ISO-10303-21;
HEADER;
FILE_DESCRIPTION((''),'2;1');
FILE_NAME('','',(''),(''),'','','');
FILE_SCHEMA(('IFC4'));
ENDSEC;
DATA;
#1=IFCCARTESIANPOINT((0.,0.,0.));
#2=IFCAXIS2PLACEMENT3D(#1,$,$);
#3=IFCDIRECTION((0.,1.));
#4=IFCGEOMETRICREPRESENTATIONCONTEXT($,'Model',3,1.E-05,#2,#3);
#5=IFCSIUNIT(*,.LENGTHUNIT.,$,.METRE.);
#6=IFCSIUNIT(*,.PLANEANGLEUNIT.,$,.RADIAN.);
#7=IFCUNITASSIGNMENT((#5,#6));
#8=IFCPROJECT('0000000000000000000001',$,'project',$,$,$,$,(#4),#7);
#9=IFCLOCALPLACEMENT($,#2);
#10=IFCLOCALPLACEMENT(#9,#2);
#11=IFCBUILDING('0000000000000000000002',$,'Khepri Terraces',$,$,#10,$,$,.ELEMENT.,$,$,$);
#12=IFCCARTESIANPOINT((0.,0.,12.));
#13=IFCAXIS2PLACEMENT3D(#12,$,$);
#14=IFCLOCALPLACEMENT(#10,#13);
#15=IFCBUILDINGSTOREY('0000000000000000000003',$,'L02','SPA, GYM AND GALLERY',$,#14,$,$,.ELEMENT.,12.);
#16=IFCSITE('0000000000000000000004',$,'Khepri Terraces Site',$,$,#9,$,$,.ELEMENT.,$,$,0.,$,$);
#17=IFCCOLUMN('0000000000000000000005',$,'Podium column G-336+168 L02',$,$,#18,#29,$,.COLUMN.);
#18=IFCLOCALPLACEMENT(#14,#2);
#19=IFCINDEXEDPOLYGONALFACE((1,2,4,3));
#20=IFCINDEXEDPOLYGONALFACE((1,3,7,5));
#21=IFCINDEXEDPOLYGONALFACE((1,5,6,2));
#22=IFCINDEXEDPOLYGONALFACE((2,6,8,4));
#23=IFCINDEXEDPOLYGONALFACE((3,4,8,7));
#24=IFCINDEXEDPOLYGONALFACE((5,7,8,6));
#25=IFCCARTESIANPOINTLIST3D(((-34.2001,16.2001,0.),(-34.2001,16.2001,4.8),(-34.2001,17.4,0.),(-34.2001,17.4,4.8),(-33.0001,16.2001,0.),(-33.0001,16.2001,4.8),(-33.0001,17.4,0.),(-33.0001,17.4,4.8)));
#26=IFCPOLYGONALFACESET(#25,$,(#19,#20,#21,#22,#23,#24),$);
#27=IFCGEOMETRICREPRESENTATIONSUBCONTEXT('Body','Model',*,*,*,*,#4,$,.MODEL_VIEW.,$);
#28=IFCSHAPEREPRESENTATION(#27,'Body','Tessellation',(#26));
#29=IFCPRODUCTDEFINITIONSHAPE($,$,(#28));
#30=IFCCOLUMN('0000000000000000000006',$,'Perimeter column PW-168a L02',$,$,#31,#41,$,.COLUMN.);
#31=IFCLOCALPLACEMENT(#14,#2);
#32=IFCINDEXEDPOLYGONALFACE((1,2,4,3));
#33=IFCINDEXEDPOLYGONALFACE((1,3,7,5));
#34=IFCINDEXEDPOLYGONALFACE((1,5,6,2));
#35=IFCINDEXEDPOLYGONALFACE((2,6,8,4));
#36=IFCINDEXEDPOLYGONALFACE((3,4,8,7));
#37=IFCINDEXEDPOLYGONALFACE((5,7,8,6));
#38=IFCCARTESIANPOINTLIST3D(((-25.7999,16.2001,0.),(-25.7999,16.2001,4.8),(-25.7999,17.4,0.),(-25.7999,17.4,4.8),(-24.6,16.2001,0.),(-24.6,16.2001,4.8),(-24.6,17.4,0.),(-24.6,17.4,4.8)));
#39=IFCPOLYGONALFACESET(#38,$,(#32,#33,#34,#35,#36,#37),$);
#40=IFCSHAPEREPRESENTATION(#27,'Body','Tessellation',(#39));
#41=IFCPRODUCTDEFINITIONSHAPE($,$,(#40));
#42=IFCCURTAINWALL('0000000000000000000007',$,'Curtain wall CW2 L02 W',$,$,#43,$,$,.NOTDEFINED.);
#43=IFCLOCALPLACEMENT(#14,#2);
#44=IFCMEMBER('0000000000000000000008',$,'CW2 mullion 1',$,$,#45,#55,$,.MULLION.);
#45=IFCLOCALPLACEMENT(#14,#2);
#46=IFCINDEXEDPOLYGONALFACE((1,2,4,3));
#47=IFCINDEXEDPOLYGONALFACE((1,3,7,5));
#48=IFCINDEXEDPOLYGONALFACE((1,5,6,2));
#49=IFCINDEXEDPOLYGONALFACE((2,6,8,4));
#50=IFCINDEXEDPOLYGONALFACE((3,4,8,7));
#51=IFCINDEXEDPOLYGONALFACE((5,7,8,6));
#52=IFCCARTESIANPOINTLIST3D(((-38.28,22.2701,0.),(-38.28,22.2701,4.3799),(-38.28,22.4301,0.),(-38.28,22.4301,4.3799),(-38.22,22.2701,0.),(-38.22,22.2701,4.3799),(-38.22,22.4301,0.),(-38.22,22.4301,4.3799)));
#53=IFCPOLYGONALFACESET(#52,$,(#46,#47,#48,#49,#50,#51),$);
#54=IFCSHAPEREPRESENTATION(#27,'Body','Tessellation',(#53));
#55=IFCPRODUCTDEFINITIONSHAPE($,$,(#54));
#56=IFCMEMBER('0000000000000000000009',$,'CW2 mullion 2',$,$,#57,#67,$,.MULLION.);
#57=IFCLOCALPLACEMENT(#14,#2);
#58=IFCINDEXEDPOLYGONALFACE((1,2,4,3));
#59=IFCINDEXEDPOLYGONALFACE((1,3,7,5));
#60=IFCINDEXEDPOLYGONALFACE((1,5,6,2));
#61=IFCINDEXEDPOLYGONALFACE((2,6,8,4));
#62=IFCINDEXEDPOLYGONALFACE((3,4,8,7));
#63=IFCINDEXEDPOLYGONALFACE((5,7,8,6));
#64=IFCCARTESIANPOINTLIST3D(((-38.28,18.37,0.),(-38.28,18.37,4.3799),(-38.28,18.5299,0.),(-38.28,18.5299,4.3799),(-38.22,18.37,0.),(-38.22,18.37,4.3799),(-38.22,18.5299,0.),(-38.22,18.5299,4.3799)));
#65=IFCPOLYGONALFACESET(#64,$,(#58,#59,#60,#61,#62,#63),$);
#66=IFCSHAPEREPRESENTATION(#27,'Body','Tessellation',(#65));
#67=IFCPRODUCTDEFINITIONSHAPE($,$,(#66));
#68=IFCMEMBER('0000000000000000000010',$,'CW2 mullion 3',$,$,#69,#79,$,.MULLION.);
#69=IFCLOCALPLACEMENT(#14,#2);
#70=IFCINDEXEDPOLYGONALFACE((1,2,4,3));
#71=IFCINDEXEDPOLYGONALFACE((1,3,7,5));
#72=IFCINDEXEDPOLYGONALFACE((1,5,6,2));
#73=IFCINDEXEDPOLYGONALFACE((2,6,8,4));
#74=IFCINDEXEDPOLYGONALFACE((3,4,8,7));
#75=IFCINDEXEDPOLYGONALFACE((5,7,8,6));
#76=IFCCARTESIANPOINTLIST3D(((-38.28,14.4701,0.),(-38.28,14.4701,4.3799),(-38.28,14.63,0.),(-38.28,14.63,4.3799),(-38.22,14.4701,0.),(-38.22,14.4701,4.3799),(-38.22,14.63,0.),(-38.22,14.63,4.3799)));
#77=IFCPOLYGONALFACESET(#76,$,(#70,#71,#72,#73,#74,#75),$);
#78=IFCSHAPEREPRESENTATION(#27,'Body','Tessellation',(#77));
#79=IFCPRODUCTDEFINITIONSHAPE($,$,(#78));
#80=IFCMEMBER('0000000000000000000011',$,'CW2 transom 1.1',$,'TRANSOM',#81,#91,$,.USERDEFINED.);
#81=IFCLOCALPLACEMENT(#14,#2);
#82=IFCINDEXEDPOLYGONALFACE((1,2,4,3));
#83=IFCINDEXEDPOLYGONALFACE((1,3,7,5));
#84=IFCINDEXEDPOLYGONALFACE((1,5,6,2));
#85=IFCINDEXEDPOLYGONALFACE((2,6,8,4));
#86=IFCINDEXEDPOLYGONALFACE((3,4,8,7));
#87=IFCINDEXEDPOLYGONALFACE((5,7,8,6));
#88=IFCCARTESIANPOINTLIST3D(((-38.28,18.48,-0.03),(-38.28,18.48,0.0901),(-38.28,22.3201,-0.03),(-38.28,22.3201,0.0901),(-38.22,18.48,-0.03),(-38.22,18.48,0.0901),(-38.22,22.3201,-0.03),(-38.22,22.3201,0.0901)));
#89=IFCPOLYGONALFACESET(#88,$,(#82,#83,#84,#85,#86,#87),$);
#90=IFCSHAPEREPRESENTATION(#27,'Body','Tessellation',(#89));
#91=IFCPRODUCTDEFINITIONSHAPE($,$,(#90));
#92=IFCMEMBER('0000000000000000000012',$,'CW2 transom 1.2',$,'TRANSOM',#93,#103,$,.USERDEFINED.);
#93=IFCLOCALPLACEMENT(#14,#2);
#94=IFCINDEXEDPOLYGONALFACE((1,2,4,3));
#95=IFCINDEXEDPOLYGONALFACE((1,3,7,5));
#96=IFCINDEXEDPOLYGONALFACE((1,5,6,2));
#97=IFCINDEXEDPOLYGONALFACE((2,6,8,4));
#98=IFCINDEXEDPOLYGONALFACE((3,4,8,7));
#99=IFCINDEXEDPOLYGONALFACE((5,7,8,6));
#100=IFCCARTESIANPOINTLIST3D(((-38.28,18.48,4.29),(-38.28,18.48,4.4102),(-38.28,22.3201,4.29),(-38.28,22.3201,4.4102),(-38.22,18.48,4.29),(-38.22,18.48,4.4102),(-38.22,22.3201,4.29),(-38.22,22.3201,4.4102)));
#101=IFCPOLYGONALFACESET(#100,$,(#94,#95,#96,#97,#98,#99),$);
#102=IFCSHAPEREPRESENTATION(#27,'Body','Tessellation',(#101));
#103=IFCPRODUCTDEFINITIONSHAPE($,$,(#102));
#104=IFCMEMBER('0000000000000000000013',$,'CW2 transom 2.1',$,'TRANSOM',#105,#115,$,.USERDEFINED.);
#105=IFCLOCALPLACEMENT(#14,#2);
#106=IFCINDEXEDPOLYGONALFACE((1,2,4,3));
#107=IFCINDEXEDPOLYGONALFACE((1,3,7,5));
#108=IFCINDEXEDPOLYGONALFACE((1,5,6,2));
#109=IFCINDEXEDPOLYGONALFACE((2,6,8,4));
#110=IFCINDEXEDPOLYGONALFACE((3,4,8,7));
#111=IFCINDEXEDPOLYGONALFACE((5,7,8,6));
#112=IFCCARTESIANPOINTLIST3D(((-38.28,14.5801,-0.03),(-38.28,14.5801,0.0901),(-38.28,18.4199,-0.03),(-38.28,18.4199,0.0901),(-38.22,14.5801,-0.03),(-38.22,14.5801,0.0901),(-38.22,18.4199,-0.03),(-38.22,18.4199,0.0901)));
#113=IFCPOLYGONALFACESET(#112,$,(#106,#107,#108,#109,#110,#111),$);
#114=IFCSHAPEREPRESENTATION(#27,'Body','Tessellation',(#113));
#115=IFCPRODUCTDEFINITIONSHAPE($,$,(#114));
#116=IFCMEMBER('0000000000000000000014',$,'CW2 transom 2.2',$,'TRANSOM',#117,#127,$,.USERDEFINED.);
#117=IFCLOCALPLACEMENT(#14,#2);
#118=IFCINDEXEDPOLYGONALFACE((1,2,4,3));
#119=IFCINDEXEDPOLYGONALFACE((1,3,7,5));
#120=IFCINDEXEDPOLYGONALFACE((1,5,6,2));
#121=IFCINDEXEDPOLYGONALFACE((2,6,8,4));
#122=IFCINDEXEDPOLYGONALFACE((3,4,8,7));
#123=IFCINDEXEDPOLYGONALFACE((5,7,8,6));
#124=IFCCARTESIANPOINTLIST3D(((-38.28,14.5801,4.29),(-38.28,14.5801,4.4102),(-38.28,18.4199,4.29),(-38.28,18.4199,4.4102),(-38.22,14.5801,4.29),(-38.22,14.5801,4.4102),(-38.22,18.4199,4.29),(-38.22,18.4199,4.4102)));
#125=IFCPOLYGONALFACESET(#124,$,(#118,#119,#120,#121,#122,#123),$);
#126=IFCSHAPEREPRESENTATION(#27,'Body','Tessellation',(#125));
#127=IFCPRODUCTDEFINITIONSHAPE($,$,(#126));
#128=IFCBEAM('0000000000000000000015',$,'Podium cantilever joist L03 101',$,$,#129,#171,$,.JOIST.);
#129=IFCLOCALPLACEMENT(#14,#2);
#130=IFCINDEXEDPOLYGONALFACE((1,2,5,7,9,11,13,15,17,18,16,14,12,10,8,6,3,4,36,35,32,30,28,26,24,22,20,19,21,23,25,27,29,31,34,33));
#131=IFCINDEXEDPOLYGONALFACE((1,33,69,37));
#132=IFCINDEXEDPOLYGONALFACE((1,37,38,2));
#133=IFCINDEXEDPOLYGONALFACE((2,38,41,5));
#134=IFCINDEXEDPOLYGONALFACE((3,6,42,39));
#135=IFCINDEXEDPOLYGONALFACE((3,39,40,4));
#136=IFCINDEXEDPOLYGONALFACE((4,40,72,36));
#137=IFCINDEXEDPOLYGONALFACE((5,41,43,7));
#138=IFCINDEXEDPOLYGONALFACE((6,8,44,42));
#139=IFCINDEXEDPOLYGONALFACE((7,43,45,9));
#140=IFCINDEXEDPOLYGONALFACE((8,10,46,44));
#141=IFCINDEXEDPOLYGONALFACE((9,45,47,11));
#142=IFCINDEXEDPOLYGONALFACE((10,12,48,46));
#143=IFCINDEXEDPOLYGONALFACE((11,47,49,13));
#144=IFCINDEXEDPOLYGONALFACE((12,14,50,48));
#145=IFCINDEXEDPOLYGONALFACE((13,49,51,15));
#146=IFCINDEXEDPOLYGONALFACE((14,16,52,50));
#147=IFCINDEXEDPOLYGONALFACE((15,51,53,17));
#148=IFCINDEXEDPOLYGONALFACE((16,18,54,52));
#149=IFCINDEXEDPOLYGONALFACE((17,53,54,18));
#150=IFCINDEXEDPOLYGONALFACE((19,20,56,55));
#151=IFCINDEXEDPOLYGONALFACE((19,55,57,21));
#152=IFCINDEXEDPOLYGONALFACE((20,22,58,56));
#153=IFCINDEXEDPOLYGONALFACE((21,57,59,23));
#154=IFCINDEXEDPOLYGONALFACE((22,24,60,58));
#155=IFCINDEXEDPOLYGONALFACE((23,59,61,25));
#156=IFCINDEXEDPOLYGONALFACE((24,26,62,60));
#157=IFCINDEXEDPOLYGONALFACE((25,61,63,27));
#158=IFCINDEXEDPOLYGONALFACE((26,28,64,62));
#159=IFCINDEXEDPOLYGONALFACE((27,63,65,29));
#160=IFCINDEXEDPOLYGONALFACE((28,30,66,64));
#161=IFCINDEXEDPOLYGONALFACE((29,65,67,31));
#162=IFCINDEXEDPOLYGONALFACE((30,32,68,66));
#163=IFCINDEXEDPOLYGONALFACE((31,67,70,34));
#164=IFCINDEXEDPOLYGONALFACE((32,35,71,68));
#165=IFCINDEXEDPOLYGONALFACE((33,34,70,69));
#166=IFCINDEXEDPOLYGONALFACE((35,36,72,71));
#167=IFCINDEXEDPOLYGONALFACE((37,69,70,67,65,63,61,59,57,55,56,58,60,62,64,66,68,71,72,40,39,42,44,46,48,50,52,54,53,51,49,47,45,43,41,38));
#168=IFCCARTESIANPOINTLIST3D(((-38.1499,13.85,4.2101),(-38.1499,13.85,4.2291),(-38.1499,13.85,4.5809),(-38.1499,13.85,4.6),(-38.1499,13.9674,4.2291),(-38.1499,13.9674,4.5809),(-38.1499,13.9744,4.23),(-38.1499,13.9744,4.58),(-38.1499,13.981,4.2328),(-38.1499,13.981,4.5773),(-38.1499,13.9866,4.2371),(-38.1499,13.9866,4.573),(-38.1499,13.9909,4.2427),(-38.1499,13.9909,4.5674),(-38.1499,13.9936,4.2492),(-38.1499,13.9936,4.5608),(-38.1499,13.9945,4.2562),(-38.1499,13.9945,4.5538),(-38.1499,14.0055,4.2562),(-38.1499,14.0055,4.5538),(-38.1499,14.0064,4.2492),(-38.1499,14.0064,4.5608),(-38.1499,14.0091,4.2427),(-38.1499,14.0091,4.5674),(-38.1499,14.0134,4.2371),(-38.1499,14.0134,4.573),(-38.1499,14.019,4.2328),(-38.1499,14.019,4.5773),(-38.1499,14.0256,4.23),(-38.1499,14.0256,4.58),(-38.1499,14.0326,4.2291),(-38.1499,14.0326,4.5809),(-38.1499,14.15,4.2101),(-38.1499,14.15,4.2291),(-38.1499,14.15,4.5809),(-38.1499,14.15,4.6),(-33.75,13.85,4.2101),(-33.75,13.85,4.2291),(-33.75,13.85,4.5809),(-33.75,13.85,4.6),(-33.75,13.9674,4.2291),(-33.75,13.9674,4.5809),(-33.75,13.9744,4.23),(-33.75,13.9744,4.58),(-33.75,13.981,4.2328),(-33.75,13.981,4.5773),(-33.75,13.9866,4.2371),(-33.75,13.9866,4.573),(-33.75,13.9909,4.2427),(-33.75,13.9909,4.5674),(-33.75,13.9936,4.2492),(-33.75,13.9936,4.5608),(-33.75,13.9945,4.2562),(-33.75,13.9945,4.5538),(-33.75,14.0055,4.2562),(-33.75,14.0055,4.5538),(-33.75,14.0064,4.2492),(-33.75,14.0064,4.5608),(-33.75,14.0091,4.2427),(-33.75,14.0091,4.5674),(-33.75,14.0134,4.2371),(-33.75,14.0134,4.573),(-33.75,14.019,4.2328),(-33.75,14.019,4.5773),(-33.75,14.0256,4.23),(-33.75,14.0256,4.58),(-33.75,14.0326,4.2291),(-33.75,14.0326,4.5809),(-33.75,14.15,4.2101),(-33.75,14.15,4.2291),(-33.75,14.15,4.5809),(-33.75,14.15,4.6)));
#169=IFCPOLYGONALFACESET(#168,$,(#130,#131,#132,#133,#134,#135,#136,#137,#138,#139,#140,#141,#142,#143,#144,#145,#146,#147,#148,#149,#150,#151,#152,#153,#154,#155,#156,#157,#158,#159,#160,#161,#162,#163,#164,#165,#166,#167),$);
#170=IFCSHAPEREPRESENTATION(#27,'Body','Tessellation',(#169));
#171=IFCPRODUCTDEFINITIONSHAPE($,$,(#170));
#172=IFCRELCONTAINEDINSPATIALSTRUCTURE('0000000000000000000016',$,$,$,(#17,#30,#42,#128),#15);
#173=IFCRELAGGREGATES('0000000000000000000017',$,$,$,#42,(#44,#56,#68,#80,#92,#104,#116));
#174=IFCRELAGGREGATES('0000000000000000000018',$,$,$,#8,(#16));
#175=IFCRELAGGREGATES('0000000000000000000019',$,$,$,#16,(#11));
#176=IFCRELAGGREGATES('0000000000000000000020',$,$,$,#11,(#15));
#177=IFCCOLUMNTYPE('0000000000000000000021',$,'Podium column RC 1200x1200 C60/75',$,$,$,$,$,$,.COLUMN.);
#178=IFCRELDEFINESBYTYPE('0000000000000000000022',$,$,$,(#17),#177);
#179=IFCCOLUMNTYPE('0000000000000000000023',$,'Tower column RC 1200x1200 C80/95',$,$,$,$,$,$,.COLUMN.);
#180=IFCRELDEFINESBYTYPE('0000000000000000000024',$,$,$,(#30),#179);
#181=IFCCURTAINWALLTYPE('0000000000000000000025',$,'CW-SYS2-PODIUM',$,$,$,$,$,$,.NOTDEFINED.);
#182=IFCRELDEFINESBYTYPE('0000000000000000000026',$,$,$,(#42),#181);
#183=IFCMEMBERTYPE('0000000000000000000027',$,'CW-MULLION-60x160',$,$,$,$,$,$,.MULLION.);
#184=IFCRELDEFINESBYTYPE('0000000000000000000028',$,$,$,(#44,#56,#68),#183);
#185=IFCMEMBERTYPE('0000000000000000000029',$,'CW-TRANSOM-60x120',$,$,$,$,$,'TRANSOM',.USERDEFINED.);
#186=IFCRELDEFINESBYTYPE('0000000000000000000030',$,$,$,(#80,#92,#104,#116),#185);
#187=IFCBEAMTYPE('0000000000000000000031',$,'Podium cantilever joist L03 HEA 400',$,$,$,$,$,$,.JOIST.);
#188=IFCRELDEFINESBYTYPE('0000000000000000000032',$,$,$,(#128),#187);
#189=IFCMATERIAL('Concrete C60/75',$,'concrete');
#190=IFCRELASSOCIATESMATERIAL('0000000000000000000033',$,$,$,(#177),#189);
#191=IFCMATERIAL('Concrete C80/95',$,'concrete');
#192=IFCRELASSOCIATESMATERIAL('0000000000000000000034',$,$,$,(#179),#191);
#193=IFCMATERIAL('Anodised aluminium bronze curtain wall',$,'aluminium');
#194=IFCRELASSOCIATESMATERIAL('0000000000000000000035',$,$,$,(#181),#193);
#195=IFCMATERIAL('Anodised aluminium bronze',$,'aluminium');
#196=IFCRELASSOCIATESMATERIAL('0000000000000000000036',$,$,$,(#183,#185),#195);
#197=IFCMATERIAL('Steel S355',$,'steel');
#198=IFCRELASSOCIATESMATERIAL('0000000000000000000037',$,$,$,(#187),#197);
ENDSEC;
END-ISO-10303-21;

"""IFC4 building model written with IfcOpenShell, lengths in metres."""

from ifc_helpers import new_model, si_unit, direction, frame, origin, origin_2d, place, context, subcontext, project, spatial, rectangle, i_section, extrude, material, material_profile, profile_set, type_object, element, aggregate, save


model = new_model("IFC4")

# Units and contexts
model_context = context("Model", 3, precision=1e-05, world=origin(), true_north=direction((0.0, 1.0)))
body_context = subcontext(model_context, "Body", "Model", "MODEL_VIEW")
ifc_project = project(units=[si_unit("LENGTHUNIT", "METRE"), si_unit("PLANEANGLEUNIT", "RADIAN")], contexts=[model_context])

# Site, building, storey
site_placement = place(None, origin())
site = spatial("IfcSite", under=ifc_project, at=site_placement, Name="Khepri Terraces Site", CompositionType="ELEMENT", RefElevation=0.0)
building_placement = place(site_placement, origin())
building = spatial("IfcBuilding", under=site, at=building_placement, Name="Khepri Terraces", CompositionType="ELEMENT")
storey_placement = place(building_placement, frame((0.0, 0.0, 12.0)))
storey = spatial("IfcBuildingStorey", under=building, at=storey_placement, Name="L02", Description="SPA, GYM AND GALLERY", CompositionType="ELEMENT", Elevation=12.0)

# Columns
ifc_material_1 = material(Name="Concrete C60/75", Category="concrete")
ifc_material_profile_1 = material_profile(ifc_material_1, rectangle(XDim=1.2, YDim=1.2, at=origin_2d()), Name="Concrete C60/75", Category="concrete")
ifc_profile_set_1 = profile_set([ifc_material_profile_1], Name="Concrete C60/75")
column_type_1 = type_object("IfcColumnType", Name="Podium column RC 1200x1200 C60/75", PredefinedType="COLUMN", material=ifc_profile_set_1)
column_1_placement = place(storey_placement, frame((-33.6001, 16.8, 0.0), z_axis=(0.0, 0.0, 1.0), x_axis=(1.0, 0.0, 0.0)))
element("IfcColumn", 1, at=column_1_placement, inside=storey, type_object=column_type_1, Name="Podium column G-336+168 L02", PredefinedType="COLUMN", context=body_context, shape_type="SweptSolid", body=[
    extrude(rectangle(XDim=1.2, YDim=1.2, at=origin_2d()), origin(), (0.0, 0.0, 1.0), 4.8),
])
ifc_material_2 = material(Name="Concrete C80/95", Category="concrete")
ifc_material_profile_2 = material_profile(ifc_material_2, rectangle(XDim=1.2, YDim=1.2, at=origin_2d()), Name="Concrete C80/95", Category="concrete")
ifc_profile_set_2 = profile_set([ifc_material_profile_2], Name="Concrete C80/95")
column_type_2 = type_object("IfcColumnType", Name="Tower column RC 1200x1200 C80/95", PredefinedType="COLUMN", material=ifc_profile_set_2)
column_2_placement = place(storey_placement, frame((-25.2, 16.8, 0.0), z_axis=(0.0, 0.0, 1.0), x_axis=(1.0, 0.0, 0.0)))
element("IfcColumn", 2, at=column_2_placement, inside=storey, type_object=column_type_2, Name="Perimeter column PW-168a L02", PredefinedType="COLUMN", context=body_context, shape_type="SweptSolid", body=[
    extrude(rectangle(XDim=1.2, YDim=1.2, at=origin_2d()), origin(), (0.0, 0.0, 1.0), 4.8),
])

# Curtain wall, members
ifc_material_3 = material(Name="Anodised aluminium bronze curtain wall", Category="aluminium")
curtain_wall_type = type_object("IfcCurtainWallType", Name="CW-SYS2-PODIUM", PredefinedType="NOTDEFINED", material=ifc_material_3)
curtain_wall_placement = place(storey_placement, origin())
curtain_wall = element("IfcCurtainWall", 3, at=curtain_wall_placement, inside=storey, type_object=curtain_wall_type, Name="Curtain wall CW2 L02 W", PredefinedType="NOTDEFINED")
ifc_material_4 = material(Name="Anodised aluminium bronze", Category="aluminium")
ifc_material_profile_3 = material_profile(ifc_material_4, rectangle(XDim=0.0601, YDim=0.1599, at=origin_2d()), Name="Anodised aluminium bronze", Category="aluminium")
ifc_profile_set_3 = profile_set([ifc_material_profile_3], Name="Anodised aluminium bronze")
member_type_1 = type_object("IfcMemberType", Name="CW-MULLION-60x160", PredefinedType="MULLION", material=ifc_profile_set_3)
member_1_placement = place(storey_placement, frame((-38.25, 22.3501, 0.0), z_axis=(0.0, 0.0, 1.0), x_axis=(1.0, 0.0, 0.0)))
member_1 = element("IfcMember", 4, at=member_1_placement, type_object=member_type_1, Name="CW2 mullion 1", PredefinedType="MULLION", context=body_context, shape_type="SweptSolid", body=[
    extrude(rectangle(XDim=0.0601, YDim=0.1599, at=origin_2d()), origin(), (0.0, 0.0, 1.0), 4.3799),
])
member_2_placement = place(storey_placement, frame((-38.25, 18.45, 0.0), z_axis=(0.0, 0.0, 1.0), x_axis=(1.0, 0.0, 0.0)))
member_2 = element("IfcMember", 5, at=member_2_placement, type_object=member_type_1, Name="CW2 mullion 2", PredefinedType="MULLION", context=body_context, shape_type="SweptSolid", body=[
    extrude(rectangle(XDim=0.0601, YDim=0.1599, at=origin_2d()), origin(), (0.0, 0.0, 1.0), 4.3799),
])
member_3_placement = place(storey_placement, frame((-38.25, 14.55, 0.0), z_axis=(0.0, 0.0, 1.0), x_axis=(1.0, 0.0, 0.0)))
member_3 = element("IfcMember", 6, at=member_3_placement, type_object=member_type_1, Name="CW2 mullion 3", PredefinedType="MULLION", context=body_context, shape_type="SweptSolid", body=[
    extrude(rectangle(XDim=0.0601, YDim=0.1599, at=origin_2d()), origin(), (0.0, 0.0, 1.0), 4.3799),
])
ifc_material_profile_4 = material_profile(ifc_material_4, rectangle(XDim=0.0601, YDim=0.1201, at=origin_2d()), Name="Anodised aluminium bronze", Category="aluminium")
ifc_profile_set_4 = profile_set([ifc_material_profile_4], Name="Anodised aluminium bronze")
member_type_2 = type_object("IfcMemberType", Name="CW-TRANSOM-60x120", ElementType="TRANSOM", PredefinedType="USERDEFINED", material=ifc_profile_set_4)
member_4_placement = place(storey_placement, frame((-38.25, 22.3201, 0.03), z_axis=(0.0, -1.0, 0.0), x_axis=(1.0, 0.0, 0.0)))
member_4 = element("IfcMember", 7, at=member_4_placement, type_object=member_type_2, Name="CW2 transom 1.1", ObjectType="TRANSOM", PredefinedType="USERDEFINED", context=body_context, shape_type="SweptSolid", body=[
    extrude(rectangle(XDim=0.0601, YDim=0.1201, at=origin_2d()), origin(), (0.0, 0.0, 1.0), 3.8401),
])
member_5_placement = place(storey_placement, frame((-38.25, 22.3201, 4.3501), z_axis=(0.0, -1.0, 0.0), x_axis=(1.0, 0.0, 0.0)))
member_5 = element("IfcMember", 8, at=member_5_placement, type_object=member_type_2, Name="CW2 transom 1.2", ObjectType="TRANSOM", PredefinedType="USERDEFINED", context=body_context, shape_type="SweptSolid", body=[
    extrude(rectangle(XDim=0.0601, YDim=0.1201, at=origin_2d()), origin(), (0.0, 0.0, 1.0), 3.8401),
])
member_6_placement = place(storey_placement, frame((-38.25, 18.4199, 0.03), z_axis=(0.0, -1.0, 0.0), x_axis=(1.0, 0.0, 0.0)))
member_6 = element("IfcMember", 9, at=member_6_placement, type_object=member_type_2, Name="CW2 transom 2.1", ObjectType="TRANSOM", PredefinedType="USERDEFINED", context=body_context, shape_type="SweptSolid", body=[
    extrude(rectangle(XDim=0.0601, YDim=0.1201, at=origin_2d()), origin(), (0.0, 0.0, 1.0), 3.8398),
])
member_7_placement = place(storey_placement, frame((-38.25, 18.4199, 4.3501), z_axis=(0.0, -1.0, 0.0), x_axis=(1.0, 0.0, 0.0)))
member_7 = element("IfcMember", 10, at=member_7_placement, type_object=member_type_2, Name="CW2 transom 2.2", ObjectType="TRANSOM", PredefinedType="USERDEFINED", context=body_context, shape_type="SweptSolid", body=[
    extrude(rectangle(XDim=0.0601, YDim=0.1201, at=origin_2d()), origin(), (0.0, 0.0, 1.0), 3.8398),
])

# Beam
ifc_material_5 = material(Name="Steel S355", Category="steel")
ifc_material_profile_5 = material_profile(ifc_material_5, i_section(OverallWidth=0.3, OverallDepth=0.3899, WebThickness=0.011, FlangeThickness=0.019, FilletRadius=0.0271, at=origin_2d()), Name="Steel S355", Category="steel")
ifc_profile_set_5 = profile_set([ifc_material_profile_5], Name="Steel S355")
beam_type_1 = type_object("IfcBeamType", Name="Podium cantilever joist L03 HEA 400", PredefinedType="JOIST", material=ifc_profile_set_5)
for number, where, z_axis, x_axis, name in (
    (11, (-38.1499, 14.0, 4.405), (1.0, 0.0, 0.0), (0.0, 1.0, 0.0), "Podium cantilever joist L03 101"),
):
    element("IfcBeam", number, at=place(storey_placement, frame(where, z_axis=z_axis, x_axis=x_axis)), inside=storey, type_object=beam_type_1, Name=name, PredefinedType="JOIST", context=body_context, shape_type="SweptSolid", body=[
        extrude(i_section(OverallWidth=0.3, OverallDepth=0.3899, WebThickness=0.011, FlangeThickness=0.019, FilletRadius=0.0271, at=origin_2d()), origin(), (0.0, 0.0, 1.0), 4.3999),
    ])

aggregate(curtain_wall, [member_1, member_2, member_3, member_4, member_5, member_6, member_7])

save(model, "model.ifc")
